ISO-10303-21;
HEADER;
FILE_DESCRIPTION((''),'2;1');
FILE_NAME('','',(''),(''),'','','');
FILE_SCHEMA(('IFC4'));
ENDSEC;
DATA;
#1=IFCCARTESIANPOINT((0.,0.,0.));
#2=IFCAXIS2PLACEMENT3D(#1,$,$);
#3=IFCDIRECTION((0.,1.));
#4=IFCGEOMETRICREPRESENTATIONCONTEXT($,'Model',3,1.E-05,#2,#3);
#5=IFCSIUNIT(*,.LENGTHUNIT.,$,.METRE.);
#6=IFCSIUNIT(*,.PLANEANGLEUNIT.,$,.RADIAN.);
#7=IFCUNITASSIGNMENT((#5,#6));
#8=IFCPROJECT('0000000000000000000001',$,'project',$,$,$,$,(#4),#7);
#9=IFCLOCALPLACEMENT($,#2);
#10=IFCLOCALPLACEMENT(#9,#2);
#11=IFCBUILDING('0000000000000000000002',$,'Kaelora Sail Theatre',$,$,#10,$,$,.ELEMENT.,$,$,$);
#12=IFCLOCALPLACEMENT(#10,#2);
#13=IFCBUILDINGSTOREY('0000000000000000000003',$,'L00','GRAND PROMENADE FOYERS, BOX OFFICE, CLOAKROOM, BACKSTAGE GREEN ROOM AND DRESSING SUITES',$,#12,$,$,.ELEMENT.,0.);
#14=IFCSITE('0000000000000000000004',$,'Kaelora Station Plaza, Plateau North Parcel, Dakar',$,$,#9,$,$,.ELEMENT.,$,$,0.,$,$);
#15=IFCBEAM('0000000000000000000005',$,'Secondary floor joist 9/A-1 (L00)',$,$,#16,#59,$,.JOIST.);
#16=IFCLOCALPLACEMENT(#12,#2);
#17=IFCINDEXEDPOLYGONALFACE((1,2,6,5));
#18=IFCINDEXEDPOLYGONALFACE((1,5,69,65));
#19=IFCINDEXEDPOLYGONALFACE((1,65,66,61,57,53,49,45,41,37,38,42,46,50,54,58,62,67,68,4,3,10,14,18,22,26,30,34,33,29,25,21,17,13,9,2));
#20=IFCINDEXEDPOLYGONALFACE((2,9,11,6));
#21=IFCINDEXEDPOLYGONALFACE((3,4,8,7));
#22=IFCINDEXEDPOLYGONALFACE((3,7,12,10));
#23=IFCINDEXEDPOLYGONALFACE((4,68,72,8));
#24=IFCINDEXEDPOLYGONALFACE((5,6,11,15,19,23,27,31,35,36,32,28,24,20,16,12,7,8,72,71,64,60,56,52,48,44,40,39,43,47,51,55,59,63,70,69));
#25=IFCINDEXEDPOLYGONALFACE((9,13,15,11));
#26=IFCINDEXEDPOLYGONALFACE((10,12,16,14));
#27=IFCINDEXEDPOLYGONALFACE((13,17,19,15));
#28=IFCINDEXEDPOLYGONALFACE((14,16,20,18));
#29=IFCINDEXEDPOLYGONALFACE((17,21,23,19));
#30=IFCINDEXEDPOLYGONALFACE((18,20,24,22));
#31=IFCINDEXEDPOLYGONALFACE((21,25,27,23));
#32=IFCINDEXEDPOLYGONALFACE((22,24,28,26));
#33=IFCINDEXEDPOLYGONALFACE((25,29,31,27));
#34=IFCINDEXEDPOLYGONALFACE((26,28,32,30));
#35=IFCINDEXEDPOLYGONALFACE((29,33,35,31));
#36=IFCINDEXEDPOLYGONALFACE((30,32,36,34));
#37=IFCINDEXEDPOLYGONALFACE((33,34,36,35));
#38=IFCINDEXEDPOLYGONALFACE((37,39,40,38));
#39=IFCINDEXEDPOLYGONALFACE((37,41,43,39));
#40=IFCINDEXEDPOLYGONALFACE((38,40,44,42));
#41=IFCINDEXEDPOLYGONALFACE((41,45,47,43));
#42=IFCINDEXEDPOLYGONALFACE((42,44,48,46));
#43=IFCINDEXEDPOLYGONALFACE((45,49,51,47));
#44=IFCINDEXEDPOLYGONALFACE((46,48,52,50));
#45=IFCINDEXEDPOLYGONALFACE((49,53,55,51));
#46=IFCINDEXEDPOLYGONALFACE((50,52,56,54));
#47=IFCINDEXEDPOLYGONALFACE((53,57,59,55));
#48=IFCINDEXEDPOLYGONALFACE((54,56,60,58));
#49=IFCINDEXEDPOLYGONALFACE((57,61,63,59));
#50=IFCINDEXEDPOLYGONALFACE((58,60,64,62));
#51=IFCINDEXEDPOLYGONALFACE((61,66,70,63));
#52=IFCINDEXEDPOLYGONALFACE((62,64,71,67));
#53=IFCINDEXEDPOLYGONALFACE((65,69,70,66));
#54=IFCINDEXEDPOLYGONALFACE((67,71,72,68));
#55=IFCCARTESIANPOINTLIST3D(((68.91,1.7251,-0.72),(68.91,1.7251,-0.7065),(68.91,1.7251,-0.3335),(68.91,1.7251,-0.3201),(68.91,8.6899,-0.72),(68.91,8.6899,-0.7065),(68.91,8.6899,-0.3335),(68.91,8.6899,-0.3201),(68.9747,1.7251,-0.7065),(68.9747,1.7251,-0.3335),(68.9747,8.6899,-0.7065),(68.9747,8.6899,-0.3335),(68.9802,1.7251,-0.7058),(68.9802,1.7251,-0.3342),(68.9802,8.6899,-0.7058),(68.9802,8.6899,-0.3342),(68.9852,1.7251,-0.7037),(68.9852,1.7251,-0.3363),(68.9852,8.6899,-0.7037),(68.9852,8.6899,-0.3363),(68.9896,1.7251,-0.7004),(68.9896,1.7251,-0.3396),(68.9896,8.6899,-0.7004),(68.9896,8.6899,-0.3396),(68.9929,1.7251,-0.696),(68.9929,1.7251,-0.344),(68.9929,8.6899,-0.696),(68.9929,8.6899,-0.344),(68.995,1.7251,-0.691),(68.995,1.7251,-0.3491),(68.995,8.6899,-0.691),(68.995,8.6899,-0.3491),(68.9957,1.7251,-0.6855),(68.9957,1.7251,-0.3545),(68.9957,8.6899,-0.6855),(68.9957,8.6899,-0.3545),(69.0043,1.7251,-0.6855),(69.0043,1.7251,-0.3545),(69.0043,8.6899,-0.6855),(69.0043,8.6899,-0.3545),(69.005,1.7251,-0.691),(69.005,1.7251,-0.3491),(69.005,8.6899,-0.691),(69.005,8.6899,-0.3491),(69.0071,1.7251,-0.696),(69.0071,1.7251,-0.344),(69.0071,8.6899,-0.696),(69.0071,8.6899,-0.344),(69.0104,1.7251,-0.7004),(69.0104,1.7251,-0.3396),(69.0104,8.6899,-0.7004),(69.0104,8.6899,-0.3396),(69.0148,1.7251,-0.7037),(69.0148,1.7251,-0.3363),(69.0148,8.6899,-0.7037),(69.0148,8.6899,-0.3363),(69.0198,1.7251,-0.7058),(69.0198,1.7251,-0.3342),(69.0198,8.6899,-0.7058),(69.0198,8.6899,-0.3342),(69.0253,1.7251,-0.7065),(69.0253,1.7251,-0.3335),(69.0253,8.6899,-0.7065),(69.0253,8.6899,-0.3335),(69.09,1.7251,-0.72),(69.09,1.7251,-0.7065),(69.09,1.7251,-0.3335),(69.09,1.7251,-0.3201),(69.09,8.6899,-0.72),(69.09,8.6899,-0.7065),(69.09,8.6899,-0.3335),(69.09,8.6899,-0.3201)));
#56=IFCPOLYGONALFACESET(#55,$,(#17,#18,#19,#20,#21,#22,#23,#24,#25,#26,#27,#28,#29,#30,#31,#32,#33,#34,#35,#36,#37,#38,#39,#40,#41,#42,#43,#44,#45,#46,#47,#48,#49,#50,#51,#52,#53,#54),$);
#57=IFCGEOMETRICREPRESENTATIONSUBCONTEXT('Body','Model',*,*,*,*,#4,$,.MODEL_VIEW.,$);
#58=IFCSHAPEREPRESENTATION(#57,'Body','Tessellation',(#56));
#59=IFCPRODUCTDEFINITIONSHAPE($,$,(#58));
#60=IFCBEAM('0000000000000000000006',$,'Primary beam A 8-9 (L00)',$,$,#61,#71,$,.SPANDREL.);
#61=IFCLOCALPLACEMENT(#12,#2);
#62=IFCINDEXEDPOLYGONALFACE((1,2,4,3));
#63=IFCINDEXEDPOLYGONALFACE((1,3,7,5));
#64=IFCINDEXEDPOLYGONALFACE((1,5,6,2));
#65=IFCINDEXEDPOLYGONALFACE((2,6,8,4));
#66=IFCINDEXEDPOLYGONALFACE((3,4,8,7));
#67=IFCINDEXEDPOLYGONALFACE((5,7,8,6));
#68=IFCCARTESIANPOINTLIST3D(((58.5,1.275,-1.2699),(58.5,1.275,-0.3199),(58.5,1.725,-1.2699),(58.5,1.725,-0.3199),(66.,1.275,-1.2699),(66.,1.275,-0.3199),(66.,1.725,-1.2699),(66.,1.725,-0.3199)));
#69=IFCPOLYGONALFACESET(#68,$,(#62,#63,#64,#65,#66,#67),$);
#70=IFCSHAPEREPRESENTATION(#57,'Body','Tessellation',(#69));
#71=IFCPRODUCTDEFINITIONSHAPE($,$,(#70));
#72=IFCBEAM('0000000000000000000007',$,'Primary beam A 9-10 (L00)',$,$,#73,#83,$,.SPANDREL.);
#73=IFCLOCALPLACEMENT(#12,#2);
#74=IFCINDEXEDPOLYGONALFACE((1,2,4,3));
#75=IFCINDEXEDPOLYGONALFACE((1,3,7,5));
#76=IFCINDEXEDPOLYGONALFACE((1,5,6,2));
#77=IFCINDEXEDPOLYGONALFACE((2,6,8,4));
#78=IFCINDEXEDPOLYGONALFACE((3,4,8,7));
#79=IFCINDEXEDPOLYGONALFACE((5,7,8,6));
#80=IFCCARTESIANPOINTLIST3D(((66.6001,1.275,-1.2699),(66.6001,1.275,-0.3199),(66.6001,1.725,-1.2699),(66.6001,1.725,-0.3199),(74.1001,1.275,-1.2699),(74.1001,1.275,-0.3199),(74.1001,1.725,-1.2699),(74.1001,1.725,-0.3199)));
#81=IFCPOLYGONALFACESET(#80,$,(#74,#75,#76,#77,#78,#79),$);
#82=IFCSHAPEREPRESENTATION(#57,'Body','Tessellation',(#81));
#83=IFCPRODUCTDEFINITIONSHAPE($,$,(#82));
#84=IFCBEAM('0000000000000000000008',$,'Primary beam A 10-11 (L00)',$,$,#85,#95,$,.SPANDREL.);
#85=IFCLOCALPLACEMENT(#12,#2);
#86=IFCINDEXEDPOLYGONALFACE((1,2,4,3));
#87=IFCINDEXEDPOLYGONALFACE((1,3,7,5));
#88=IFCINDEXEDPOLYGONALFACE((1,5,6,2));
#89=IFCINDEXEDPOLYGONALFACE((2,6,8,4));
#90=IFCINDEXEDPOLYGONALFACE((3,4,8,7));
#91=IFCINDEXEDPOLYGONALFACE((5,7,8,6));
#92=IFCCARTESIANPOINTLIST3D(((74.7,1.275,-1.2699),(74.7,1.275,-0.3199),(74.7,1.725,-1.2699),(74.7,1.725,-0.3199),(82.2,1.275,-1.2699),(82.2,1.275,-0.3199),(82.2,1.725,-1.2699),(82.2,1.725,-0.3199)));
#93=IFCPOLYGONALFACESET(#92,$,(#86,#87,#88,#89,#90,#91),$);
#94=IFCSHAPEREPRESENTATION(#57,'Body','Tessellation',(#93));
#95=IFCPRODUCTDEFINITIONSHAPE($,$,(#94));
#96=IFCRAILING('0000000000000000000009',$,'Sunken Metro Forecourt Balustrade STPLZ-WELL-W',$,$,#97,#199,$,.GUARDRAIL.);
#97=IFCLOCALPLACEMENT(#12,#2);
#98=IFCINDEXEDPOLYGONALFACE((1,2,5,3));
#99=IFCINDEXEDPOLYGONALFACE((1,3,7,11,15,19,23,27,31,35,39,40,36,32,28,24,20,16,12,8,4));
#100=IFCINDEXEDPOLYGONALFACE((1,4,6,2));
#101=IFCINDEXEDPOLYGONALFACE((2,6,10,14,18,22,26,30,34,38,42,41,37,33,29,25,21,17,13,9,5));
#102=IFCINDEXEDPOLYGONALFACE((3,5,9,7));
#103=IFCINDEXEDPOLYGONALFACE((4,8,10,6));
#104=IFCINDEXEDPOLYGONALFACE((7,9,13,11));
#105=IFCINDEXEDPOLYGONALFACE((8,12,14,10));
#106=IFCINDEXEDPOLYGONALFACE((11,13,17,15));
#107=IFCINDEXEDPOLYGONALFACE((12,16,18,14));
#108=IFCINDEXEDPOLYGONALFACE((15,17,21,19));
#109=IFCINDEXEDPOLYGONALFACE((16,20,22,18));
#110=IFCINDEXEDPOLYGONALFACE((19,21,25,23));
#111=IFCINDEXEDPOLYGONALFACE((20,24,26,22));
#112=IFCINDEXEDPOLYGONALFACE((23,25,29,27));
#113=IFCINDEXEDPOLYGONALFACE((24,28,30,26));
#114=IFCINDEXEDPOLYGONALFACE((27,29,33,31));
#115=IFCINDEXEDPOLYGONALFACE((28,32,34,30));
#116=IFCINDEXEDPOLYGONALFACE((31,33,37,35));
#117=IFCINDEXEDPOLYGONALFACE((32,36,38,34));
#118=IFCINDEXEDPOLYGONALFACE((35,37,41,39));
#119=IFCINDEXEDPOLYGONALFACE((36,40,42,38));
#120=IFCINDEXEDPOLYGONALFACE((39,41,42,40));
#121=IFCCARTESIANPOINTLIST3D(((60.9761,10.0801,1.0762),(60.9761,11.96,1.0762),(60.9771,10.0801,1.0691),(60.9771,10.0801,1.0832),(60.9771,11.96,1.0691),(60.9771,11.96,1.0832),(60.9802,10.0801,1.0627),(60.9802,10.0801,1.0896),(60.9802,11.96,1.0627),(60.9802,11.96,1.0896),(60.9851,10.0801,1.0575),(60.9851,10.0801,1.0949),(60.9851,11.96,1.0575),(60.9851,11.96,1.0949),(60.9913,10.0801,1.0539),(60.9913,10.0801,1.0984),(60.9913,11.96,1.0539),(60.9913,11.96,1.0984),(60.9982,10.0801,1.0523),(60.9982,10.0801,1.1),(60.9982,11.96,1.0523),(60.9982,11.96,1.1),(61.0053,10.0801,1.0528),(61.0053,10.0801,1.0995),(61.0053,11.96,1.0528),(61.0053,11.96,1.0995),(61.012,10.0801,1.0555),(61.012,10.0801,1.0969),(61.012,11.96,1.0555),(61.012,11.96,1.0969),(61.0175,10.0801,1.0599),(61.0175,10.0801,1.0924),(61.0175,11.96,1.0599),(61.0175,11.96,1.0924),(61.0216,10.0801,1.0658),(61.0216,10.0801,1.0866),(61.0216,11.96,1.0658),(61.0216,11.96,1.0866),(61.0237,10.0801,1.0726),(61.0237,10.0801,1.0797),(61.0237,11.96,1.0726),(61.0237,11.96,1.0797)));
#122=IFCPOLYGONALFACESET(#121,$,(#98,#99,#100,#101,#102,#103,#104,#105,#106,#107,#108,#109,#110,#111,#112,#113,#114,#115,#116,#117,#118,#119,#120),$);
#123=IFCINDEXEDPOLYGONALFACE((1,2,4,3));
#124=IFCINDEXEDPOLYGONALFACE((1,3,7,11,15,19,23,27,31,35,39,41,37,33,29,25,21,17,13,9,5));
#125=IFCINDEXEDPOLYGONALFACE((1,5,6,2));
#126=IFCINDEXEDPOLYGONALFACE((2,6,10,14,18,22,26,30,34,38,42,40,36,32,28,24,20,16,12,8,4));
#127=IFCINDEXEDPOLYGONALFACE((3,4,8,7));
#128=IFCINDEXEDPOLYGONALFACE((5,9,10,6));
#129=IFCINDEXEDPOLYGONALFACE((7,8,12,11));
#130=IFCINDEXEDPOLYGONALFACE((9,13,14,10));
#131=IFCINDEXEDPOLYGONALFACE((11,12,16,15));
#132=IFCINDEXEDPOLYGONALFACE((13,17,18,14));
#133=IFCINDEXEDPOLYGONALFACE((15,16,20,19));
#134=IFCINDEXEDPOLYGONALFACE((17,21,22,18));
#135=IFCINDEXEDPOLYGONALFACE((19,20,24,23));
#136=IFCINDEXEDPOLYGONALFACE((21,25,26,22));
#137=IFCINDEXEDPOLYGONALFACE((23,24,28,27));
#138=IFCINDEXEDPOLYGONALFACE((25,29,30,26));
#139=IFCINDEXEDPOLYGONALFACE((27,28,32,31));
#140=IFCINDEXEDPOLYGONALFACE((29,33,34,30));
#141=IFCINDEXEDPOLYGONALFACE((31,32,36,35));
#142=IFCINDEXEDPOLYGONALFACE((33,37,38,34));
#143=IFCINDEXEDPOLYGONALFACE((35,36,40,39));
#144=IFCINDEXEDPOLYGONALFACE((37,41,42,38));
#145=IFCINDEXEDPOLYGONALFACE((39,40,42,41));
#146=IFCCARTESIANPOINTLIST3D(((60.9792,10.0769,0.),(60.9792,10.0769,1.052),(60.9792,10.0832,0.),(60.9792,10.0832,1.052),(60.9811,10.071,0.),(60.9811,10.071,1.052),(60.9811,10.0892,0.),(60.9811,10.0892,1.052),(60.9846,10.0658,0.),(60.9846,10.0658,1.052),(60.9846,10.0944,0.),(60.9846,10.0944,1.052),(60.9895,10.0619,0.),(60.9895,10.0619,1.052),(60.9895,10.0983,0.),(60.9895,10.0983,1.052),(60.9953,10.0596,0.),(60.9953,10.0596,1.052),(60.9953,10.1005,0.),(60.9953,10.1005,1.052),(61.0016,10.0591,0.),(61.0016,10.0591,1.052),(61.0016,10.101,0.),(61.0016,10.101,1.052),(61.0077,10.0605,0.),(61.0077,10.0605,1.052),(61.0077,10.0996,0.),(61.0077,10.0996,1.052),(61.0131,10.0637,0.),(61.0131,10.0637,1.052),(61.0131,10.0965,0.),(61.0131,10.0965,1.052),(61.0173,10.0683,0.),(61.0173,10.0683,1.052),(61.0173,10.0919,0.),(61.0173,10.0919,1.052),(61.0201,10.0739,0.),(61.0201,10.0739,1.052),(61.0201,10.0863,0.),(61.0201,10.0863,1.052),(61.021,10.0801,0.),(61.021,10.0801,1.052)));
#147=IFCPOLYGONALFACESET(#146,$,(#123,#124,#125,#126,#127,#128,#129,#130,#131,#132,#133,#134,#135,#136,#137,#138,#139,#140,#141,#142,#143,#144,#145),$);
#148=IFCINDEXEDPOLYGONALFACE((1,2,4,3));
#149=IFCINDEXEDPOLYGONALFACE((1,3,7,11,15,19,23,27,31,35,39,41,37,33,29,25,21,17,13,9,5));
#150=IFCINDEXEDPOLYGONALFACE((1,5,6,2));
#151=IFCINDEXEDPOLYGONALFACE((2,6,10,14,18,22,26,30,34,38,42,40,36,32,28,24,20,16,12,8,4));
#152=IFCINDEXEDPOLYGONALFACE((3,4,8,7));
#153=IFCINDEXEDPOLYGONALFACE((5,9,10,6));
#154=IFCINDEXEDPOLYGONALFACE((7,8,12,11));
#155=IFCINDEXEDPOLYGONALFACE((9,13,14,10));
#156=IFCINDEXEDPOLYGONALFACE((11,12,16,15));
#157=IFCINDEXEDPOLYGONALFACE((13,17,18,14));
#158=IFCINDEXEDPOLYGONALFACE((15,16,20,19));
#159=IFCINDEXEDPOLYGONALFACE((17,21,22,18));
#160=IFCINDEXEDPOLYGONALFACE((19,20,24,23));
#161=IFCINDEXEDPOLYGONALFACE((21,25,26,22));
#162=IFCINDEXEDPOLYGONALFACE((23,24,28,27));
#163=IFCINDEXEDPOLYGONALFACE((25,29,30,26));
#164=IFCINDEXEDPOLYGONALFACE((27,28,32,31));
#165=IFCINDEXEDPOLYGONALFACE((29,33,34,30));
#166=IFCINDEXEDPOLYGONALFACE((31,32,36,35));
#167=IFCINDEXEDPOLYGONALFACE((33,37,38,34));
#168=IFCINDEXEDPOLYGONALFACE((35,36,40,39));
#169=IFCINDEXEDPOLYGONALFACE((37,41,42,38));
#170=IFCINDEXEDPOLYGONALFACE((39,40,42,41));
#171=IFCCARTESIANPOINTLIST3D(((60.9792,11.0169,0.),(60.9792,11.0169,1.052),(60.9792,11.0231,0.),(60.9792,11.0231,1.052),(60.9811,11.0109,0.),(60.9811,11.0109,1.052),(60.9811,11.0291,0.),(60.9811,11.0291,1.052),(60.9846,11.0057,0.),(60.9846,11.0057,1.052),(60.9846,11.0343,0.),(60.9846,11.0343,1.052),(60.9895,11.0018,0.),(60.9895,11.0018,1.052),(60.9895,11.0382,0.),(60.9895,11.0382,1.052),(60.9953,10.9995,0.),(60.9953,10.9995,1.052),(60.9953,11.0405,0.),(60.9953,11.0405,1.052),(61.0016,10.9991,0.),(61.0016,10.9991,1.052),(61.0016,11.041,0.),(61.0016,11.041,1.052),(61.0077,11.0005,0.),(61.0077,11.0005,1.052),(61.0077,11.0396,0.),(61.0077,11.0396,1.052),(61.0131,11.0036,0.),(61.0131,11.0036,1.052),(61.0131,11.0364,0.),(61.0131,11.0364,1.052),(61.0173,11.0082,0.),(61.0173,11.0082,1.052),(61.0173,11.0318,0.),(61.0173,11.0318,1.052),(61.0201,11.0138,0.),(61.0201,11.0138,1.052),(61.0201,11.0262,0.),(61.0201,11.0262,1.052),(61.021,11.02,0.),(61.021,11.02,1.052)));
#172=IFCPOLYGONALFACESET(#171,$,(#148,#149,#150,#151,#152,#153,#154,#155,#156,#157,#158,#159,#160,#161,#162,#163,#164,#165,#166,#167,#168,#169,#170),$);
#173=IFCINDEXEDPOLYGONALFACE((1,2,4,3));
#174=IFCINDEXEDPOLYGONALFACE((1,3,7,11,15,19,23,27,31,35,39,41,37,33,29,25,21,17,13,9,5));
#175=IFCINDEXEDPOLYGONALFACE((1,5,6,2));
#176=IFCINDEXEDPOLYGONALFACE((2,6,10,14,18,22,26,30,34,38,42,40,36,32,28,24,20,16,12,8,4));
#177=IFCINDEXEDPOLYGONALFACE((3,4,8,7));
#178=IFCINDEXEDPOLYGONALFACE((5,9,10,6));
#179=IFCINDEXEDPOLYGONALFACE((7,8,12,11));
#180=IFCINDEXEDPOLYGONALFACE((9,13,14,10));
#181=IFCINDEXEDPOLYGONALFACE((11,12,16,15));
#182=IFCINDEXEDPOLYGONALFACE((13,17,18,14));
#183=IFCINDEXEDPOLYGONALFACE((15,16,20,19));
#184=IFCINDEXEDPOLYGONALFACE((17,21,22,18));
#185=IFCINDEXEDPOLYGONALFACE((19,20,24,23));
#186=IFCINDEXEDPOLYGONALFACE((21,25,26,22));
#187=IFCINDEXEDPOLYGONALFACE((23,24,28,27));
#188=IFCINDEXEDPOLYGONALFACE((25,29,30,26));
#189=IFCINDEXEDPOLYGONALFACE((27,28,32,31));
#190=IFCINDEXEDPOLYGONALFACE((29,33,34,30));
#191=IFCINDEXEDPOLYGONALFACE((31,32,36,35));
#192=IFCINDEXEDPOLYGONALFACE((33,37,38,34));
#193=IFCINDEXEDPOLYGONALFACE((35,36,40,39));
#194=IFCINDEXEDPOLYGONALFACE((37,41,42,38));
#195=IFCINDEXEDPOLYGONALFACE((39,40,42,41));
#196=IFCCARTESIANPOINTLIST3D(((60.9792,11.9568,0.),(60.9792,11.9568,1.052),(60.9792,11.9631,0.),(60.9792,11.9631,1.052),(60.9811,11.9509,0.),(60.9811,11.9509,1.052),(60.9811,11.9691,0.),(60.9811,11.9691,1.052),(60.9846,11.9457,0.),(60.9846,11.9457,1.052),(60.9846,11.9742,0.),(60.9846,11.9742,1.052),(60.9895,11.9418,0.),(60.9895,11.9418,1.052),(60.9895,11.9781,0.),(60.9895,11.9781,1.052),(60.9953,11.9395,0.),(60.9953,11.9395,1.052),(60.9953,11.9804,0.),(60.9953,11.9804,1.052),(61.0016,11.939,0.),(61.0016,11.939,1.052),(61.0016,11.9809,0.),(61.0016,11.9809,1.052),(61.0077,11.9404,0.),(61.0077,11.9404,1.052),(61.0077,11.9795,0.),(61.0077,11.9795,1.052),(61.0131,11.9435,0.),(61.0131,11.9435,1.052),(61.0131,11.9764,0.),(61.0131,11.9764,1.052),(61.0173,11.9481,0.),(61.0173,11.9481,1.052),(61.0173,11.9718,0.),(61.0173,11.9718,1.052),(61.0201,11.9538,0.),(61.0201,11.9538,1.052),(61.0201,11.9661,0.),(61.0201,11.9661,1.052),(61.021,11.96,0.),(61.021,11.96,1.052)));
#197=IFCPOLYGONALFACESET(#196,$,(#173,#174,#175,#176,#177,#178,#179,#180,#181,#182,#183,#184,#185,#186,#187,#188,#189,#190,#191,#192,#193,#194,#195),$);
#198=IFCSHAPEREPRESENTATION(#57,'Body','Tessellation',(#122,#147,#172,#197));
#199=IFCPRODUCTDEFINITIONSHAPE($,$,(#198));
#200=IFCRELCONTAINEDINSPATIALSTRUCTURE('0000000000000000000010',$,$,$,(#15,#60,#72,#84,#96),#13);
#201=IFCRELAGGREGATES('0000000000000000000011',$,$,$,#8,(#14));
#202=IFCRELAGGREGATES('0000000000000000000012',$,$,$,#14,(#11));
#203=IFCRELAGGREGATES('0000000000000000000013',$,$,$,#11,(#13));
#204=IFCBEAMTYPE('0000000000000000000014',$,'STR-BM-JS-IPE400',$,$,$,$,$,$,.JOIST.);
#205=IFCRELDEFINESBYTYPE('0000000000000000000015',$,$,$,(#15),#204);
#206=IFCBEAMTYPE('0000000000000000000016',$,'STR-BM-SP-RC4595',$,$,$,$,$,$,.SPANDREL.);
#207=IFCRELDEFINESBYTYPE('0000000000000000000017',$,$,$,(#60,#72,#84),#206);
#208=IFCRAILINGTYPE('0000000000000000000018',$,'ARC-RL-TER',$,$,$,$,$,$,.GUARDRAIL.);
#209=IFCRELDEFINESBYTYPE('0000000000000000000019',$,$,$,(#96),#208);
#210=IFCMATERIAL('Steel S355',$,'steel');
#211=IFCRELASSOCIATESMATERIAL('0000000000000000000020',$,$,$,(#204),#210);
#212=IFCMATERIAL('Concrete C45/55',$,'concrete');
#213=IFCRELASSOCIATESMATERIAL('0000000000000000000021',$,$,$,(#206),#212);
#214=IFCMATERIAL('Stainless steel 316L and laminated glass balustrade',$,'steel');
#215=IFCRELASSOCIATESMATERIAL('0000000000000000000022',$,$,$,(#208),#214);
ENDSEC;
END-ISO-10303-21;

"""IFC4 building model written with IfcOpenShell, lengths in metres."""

from ifc_helpers import new_model, si_unit, direction, frame, origin, origin_2d, place, context, subcontext, project, spatial, rectangle, circle, i_section, extrude, material, material_profile, profile_set, type_object, element, save


model = new_model("IFC4")

# Units and contexts
model_context = context("Model", 3, precision=1e-05, world=origin(), true_north=direction((0.0, 1.0)))
body_context = subcontext(model_context, "Body", "Model", "MODEL_VIEW")
ifc_project = project(units=[si_unit("LENGTHUNIT", "METRE"), si_unit("PLANEANGLEUNIT", "RADIAN")], contexts=[model_context])

# Site, building, storey
site_placement = place(None, origin())
site = spatial("IfcSite", under=ifc_project, at=site_placement, Name="Kaelora Station Plaza, Plateau North Parcel, Dakar", CompositionType="ELEMENT", RefElevation=0.0)
building_placement = place(site_placement, origin())
building = spatial("IfcBuilding", under=site, at=building_placement, Name="Kaelora Sail Theatre", CompositionType="ELEMENT")
storey_placement = place(building_placement, origin())
storey = spatial("IfcBuildingStorey", under=building, at=storey_placement, Name="L00", Description="GRAND PROMENADE FOYERS, BOX OFFICE, CLOAKROOM, BACKSTAGE GREEN ROOM AND DRESSING SUITES", CompositionType="ELEMENT", Elevation=0.0)

# Beams
ifc_material_1 = material(Name="Steel S355", Category="steel")
ifc_material_profile_1 = material_profile(ifc_material_1, i_section(OverallWidth=0.1799, OverallDepth=0.3999, WebThickness=0.0085, FlangeThickness=0.0134, FilletRadius=0.021, at=origin_2d()), Name="IPE 400")
ifc_profile_set_1 = profile_set([ifc_material_profile_1], Name="Steel S355")
beam_type_1 = type_object("IfcBeamType", Name="STR-BM-JS-IPE400", PredefinedType="JOIST", material=ifc_profile_set_1)
for number, where, z_axis, x_axis, name in (
    (1, (69.0, 1.7251, -0.52), (0.0, 1.0, 0.0), (-1.0, 0.0, 0.0), "Secondary floor joist 9/A-1 (L00)"),
):
    element("IfcBeam", number, at=place(storey_placement, frame(where, z_axis=z_axis, x_axis=x_axis)), inside=storey, type_object=beam_type_1, Name=name, PredefinedType="JOIST", context=body_context, shape_type="SweptSolid", body=[
        extrude(i_section(OverallWidth=0.1799, OverallDepth=0.3999, WebThickness=0.0085, FlangeThickness=0.0134, FilletRadius=0.021, at=origin_2d()), origin(), (0.0, 0.0, 1.0), 6.9648),
    ])
ifc_material_2 = material(Name="Concrete C45/55", Category="concrete")
ifc_material_profile_2 = material_profile(ifc_material_2, rectangle(XDim=0.45, YDim=0.95, at=origin_2d()), Name="RC-SPN 450x950")
ifc_profile_set_2 = profile_set([ifc_material_profile_2], Name="Concrete C45/55")
beam_type_2 = type_object("IfcBeamType", Name="STR-BM-SP-RC4595", PredefinedType="SPANDREL", material=ifc_profile_set_2)
for number, where, z_axis, x_axis, name in (
    (2, (58.5, 1.5, -0.7949), (1.0, 0.0, 0.0), (0.0, 1.0, 0.0), "Primary beam A 8-9 (L00)"),
    (3, (66.6001, 1.5, -0.7949), (1.0, 0.0, 0.0), (0.0, 1.0, 0.0), "Primary beam A 9-10 (L00)"),
    (4, (74.7, 1.5, -0.7949), (1.0, 0.0, 0.0), (0.0, 1.0, 0.0), "Primary beam A 10-11 (L00)"),
):
    element("IfcBeam", number, at=place(storey_placement, frame(where, z_axis=z_axis, x_axis=x_axis)), inside=storey, type_object=beam_type_2, Name=name, PredefinedType="SPANDREL", context=body_context, shape_type="SweptSolid", body=[
        extrude(rectangle(XDim=0.45, YDim=0.95, at=origin_2d()), origin(), (0.0, 0.0, 1.0), 7.5),
    ])

# Railing
ifc_material_3 = material(Name="Stainless steel 316L and laminated glass balustrade", Category="steel")
railing_type = type_object("IfcRailingType", Name="ARC-RL-TER", PredefinedType="GUARDRAIL", material=ifc_material_3)
railing_1_placement = place(storey_placement, frame((61.0, 10.0801, 0.0)))
element("IfcRailing", 5, at=railing_1_placement, inside=storey, type_object=railing_type, Name="Sunken Metro Forecourt Balustrade STPLZ-WELL-W", PredefinedType="GUARDRAIL", context=body_context, shape_type="SweptSolid", body=[
    extrude(circle(Radius=0.0239, at=origin_2d()), frame((0.0, 0.0, 1.0762), z_axis=(0.0, 1.0, 0.0), x_axis=(-1.0, 0.0, 0.0)), (0.0, 0.0, 1.0), 1.8799),
    extrude(circle(Radius=0.021, at=origin_2d()), origin(), (0.0, 0.0, 1.0), 1.052),
    extrude(circle(Radius=0.021, at=origin_2d()), frame((0.0, 0.9399, 0.0)), (0.0, 0.0, 1.0), 1.052),
    extrude(circle(Radius=0.021, at=origin_2d()), frame((0.0, 1.8799, 0.0)), (0.0, 0.0, 1.0), 1.052),
])

save(model, "model.ifc")
